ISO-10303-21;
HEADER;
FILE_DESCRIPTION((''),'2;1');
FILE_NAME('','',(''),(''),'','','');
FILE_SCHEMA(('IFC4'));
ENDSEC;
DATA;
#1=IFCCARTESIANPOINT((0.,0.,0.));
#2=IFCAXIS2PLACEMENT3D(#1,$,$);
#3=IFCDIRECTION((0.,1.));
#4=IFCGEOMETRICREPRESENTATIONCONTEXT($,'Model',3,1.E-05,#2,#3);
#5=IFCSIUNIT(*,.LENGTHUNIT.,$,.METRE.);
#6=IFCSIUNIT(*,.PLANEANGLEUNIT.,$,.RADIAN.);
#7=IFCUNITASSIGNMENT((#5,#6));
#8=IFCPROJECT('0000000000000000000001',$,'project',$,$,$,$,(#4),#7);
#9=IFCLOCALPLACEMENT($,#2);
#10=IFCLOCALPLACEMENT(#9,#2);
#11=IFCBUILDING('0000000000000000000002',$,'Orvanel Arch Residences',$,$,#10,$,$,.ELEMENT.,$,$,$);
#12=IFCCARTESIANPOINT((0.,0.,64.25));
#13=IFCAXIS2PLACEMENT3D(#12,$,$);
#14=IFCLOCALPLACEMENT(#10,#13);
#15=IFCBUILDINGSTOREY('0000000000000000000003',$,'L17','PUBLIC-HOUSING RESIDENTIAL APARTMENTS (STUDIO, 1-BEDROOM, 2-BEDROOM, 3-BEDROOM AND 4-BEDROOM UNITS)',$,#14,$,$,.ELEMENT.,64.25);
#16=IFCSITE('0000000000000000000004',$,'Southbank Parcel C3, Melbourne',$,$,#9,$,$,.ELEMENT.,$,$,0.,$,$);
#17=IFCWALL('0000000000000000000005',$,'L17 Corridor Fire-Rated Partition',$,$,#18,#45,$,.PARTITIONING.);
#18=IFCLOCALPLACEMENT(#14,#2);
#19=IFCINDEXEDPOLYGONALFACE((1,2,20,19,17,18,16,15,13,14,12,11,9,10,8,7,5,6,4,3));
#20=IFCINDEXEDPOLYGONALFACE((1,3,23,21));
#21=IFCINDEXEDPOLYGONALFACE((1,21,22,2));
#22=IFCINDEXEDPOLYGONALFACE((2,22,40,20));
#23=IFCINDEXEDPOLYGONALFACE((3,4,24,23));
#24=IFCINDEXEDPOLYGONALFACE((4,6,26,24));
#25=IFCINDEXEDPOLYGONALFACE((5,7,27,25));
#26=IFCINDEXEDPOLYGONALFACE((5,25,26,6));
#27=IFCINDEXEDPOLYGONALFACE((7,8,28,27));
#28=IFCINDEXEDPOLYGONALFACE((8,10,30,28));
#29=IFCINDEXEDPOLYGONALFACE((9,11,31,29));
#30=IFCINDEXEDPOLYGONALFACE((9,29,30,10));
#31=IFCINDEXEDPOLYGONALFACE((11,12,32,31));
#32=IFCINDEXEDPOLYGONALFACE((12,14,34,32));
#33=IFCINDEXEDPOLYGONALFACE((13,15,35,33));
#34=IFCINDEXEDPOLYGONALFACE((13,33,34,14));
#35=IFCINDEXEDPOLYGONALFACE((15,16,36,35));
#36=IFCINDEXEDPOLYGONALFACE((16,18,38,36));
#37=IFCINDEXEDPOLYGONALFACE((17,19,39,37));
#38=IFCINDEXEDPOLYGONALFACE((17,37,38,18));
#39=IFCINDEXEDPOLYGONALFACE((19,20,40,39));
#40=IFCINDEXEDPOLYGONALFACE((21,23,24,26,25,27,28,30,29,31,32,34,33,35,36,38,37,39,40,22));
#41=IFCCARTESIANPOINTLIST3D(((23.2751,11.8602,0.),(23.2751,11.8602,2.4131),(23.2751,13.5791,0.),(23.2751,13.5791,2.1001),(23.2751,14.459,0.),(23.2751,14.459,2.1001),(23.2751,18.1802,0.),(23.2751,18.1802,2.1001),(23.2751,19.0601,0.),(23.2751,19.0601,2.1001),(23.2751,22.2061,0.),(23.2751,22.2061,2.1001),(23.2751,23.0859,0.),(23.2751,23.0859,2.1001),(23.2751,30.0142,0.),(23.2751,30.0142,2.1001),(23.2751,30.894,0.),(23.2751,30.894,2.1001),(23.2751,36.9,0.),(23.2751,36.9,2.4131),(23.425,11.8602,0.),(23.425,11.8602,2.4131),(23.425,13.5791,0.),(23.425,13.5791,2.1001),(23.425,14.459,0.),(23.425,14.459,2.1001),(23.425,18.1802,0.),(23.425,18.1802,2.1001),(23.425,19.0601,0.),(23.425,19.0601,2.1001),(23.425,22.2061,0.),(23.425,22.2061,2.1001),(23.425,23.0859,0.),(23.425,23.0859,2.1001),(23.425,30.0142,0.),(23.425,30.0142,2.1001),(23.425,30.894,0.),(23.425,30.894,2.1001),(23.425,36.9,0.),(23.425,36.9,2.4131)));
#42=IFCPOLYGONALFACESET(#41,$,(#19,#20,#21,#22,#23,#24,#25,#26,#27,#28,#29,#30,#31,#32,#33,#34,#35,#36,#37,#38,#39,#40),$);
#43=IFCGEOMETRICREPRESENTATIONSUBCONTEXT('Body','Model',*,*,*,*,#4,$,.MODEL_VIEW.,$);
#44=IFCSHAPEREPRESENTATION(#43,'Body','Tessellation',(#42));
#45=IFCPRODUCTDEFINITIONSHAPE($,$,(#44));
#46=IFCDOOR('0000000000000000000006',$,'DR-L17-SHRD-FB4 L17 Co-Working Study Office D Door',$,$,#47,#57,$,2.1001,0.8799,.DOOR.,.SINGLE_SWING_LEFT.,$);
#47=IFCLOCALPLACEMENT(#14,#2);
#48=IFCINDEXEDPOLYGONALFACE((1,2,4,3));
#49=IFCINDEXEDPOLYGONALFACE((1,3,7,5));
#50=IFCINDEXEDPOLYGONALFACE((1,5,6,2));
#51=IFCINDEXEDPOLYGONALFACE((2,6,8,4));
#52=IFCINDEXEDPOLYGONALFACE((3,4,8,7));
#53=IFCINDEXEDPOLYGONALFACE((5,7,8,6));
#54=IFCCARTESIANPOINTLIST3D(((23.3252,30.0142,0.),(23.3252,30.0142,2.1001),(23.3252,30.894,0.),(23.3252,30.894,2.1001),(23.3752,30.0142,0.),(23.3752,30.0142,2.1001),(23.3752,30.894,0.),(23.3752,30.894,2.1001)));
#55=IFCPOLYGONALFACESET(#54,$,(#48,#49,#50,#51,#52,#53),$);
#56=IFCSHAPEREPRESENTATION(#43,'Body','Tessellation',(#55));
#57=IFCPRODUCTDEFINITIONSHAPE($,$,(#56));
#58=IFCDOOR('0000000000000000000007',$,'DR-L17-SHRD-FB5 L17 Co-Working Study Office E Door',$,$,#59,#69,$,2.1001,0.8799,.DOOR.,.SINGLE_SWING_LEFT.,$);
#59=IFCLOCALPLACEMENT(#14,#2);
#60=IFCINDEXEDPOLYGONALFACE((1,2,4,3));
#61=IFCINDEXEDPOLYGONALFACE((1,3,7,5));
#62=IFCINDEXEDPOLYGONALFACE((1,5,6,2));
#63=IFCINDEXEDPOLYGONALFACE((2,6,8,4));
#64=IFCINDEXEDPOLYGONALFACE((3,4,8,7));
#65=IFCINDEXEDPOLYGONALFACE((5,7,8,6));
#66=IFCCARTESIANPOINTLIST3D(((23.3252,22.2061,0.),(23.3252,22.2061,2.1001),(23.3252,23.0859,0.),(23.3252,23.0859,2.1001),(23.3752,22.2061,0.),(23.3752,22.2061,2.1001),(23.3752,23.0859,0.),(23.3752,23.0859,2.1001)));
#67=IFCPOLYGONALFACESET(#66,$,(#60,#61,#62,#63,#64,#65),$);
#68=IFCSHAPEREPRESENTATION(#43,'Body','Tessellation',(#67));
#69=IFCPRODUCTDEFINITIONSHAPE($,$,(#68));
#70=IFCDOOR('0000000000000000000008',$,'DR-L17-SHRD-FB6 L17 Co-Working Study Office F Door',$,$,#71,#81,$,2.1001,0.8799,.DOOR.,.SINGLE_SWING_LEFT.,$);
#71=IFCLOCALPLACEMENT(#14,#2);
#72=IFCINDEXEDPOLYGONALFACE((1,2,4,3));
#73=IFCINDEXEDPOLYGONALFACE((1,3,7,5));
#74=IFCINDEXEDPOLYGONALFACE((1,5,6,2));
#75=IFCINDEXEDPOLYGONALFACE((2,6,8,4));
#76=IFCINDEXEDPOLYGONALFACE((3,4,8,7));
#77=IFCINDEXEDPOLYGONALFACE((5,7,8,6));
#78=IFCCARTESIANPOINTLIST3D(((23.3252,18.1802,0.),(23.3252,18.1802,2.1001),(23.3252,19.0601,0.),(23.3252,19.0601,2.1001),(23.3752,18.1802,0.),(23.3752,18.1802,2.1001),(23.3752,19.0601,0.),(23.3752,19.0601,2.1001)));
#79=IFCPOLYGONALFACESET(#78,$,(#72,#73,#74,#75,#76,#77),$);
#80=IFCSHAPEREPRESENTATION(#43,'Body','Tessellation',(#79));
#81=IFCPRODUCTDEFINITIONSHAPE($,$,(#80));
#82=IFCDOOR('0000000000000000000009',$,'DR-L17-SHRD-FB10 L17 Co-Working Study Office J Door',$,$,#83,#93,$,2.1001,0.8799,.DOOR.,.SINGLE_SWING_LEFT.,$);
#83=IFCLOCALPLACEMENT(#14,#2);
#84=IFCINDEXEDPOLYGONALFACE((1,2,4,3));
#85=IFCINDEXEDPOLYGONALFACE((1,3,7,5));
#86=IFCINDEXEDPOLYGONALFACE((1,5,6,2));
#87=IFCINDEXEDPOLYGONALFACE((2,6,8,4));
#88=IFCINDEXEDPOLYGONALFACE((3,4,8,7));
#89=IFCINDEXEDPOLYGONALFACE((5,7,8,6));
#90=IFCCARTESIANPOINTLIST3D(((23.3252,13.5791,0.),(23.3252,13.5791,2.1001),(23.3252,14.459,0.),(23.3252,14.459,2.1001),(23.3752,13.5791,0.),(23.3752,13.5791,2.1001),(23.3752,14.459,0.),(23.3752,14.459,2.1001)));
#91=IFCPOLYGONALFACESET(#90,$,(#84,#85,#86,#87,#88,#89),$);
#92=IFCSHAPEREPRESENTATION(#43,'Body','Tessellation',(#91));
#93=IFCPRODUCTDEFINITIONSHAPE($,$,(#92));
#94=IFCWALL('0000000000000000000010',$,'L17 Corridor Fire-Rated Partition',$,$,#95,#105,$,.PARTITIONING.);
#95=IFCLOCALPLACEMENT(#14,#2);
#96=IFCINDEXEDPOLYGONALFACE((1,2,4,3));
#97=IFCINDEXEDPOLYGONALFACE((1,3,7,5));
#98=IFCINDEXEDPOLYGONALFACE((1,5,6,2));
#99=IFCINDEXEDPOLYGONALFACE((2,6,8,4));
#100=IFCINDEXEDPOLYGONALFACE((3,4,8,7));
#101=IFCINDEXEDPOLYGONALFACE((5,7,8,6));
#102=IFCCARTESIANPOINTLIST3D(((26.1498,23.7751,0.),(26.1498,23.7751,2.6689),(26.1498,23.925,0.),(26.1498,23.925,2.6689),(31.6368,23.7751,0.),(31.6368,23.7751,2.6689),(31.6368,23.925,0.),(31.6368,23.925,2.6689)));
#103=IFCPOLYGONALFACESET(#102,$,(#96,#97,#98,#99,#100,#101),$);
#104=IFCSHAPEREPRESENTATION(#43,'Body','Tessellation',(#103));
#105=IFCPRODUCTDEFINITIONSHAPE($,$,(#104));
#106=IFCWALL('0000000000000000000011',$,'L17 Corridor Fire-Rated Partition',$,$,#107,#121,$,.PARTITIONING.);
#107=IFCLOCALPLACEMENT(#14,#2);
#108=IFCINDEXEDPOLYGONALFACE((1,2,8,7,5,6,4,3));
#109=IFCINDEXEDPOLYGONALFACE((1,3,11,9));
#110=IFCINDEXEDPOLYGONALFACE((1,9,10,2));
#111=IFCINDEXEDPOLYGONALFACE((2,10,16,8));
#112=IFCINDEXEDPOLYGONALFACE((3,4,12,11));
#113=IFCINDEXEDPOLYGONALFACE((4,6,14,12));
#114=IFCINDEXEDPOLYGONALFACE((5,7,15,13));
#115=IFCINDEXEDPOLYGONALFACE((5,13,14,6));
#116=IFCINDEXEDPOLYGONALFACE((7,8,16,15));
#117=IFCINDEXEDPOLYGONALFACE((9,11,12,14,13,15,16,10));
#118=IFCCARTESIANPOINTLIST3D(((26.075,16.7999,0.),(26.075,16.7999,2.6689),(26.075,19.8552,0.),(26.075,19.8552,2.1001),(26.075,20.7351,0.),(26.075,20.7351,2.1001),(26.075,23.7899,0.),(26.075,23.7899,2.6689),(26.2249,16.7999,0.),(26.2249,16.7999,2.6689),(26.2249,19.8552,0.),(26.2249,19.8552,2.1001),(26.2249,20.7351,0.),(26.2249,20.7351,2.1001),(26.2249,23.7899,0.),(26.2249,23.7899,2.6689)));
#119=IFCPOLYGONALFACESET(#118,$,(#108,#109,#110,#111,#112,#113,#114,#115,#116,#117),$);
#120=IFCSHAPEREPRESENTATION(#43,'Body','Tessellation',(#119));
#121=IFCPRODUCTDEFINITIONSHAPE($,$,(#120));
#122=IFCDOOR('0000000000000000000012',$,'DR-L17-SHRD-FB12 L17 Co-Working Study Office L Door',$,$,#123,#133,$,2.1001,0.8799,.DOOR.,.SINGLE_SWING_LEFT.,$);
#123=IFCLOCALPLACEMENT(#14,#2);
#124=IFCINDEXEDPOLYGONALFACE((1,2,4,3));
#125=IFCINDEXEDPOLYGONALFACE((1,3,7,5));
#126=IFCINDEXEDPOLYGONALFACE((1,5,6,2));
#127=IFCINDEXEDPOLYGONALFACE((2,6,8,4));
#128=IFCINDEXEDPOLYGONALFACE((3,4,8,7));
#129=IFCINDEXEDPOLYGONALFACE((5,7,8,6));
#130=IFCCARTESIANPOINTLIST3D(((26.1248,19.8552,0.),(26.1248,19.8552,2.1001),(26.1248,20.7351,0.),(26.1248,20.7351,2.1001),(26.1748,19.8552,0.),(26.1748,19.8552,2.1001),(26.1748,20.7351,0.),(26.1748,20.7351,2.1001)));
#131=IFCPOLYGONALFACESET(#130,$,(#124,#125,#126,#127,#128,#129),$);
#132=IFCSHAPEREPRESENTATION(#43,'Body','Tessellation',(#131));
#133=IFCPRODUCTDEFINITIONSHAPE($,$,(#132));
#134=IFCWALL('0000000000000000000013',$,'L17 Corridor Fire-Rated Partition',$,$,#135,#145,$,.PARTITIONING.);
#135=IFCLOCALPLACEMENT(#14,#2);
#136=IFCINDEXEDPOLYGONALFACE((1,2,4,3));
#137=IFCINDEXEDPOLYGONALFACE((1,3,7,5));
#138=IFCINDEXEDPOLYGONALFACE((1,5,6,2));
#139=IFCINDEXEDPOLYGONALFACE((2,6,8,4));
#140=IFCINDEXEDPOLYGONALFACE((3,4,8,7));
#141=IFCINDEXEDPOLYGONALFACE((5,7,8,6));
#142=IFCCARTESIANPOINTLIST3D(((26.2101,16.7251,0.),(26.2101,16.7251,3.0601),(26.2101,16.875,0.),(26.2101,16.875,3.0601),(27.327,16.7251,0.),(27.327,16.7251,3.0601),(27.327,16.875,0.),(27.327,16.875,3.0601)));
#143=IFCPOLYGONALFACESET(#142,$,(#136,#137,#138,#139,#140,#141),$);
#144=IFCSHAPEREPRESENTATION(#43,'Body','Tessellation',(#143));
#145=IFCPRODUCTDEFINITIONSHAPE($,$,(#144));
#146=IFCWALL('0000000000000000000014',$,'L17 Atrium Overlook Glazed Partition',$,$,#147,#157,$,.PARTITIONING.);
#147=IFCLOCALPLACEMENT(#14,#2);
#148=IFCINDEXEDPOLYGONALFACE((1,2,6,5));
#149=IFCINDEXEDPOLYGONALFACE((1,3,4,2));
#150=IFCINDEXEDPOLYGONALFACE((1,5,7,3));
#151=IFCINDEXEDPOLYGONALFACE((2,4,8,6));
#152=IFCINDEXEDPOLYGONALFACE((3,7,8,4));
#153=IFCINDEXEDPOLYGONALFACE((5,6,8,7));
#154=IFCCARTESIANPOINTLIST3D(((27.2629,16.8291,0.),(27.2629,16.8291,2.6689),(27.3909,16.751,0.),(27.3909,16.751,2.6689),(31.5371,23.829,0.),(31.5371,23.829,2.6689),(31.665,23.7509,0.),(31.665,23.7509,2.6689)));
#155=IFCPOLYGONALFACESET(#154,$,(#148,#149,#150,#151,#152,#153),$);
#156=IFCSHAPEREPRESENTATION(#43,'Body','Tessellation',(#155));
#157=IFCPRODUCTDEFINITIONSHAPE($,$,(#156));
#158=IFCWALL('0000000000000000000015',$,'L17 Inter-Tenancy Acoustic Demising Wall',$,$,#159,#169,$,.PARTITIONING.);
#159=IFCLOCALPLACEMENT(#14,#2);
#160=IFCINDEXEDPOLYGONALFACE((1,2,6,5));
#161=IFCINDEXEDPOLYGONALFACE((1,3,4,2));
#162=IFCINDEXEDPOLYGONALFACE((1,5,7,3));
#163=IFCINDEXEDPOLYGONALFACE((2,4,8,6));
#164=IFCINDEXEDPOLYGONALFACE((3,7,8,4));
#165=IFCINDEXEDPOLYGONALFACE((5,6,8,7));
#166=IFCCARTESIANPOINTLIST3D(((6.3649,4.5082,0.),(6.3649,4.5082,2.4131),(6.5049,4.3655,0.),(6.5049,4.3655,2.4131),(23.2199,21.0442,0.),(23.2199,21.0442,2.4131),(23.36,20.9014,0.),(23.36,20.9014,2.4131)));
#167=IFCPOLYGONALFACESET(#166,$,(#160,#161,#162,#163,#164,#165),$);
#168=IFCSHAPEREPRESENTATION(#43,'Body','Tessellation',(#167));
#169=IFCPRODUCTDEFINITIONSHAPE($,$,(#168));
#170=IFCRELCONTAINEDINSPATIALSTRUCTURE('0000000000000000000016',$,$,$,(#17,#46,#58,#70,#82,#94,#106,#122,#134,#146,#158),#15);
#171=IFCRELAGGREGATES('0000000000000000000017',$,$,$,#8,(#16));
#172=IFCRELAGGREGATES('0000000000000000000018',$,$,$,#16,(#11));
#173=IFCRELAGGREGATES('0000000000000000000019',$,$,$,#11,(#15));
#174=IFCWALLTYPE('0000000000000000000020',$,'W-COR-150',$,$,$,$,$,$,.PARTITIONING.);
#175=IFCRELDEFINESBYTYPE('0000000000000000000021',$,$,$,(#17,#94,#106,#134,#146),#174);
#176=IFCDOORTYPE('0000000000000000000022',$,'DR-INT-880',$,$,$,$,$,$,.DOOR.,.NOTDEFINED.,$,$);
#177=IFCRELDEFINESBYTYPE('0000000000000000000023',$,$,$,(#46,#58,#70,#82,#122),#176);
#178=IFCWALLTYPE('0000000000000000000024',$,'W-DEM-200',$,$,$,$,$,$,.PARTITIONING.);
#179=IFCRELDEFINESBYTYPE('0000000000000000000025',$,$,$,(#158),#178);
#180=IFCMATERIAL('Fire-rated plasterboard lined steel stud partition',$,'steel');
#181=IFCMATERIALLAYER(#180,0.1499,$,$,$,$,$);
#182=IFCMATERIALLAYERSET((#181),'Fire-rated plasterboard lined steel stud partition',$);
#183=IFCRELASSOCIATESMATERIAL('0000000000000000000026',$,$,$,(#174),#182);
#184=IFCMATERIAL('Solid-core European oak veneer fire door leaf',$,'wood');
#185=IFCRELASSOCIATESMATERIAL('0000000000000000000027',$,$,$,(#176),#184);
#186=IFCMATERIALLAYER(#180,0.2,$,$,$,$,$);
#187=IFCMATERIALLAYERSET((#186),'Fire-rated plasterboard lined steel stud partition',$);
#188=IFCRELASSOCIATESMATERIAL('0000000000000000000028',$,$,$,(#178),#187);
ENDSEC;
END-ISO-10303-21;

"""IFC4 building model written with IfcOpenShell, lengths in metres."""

from ifc_helpers import new_model, si_unit, direction, frame, frame_2d, origin, place, context, subcontext, project, spatial, rectangle, extrude, material, layer, layer_set, type_object, element, fill, save


model = new_model("IFC4")

# Units and contexts
model_context = context("Model", 3, precision=1e-05, world=origin(), true_north=direction((0.0, 1.0)))
body_context = subcontext(model_context, "Body", "Model", "MODEL_VIEW")
ifc_project = project(units=[si_unit("LENGTHUNIT", "METRE"), si_unit("PLANEANGLEUNIT", "RADIAN")], contexts=[model_context])

# Site, building, storey
site_placement = place(None, origin())
site = spatial("IfcSite", under=ifc_project, at=site_placement, Name="Southbank Parcel C3, Melbourne", CompositionType="ELEMENT", RefElevation=0.0)
building_placement = place(site_placement, origin())
building = spatial("IfcBuilding", under=site, at=building_placement, Name="Orvanel Arch Residences", CompositionType="ELEMENT")
storey_placement = place(building_placement, frame((0.0, 0.0, 64.25)))
storey = spatial("IfcBuildingStorey", under=building, at=storey_placement, Name="L17", Description="PUBLIC-HOUSING RESIDENTIAL APARTMENTS (STUDIO, 1-BEDROOM, 2-BEDROOM, 3-BEDROOM AND 4-BEDROOM UNITS)", CompositionType="ELEMENT", Elevation=64.25)

# Wall, openings, doors
ifc_material_1 = material(Name="Fire-rated plasterboard lined steel stud partition", Category="steel")
ifc_layer_1 = layer(ifc_material_1, 0.1499)
ifc_layer_set_1 = layer_set([ifc_layer_1], Name="Fire-rated plasterboard lined steel stud partition")
wall_type_1 = type_object("IfcWallType", Name="W-COR-150", PredefinedType="PARTITIONING", material=ifc_layer_set_1)
wall_1_placement = place(storey_placement, frame((23.3501, 11.8601, 0.0), z_axis=(0.0, 0.0, 1.0), x_axis=(0.0, 1.0, 0.0)))
wall_1 = element("IfcWall", 1, at=wall_1_placement, inside=storey, type_object=wall_type_1, Name="L17 Corridor Fire-Rated Partition", PredefinedType="PARTITIONING", context=body_context, shape_type="SweptSolid", body=[
    extrude(rectangle(XDim=25.0398, YDim=0.1499, at=frame_2d((12.52, 0.0))), origin(), (0.0, 0.0, 1.0), 2.4131),
])
opening_1_placement = place(wall_1_placement, frame((18.1541, 0.0, 0.0)))
opening_1 = element("IfcOpeningElement", 2, at=opening_1_placement, cuts=wall_1, PredefinedType="OPENING", context=body_context, shape_type="SweptSolid", body=[
    extrude(rectangle(XDim=0.8799, YDim=2.1001, at=frame_2d((0.4399, 1.05))), frame((0.0, 0.085, 0.0), z_axis=(0.0, -1.0, 0.0), x_axis=(1.0, 0.0, 0.0)), (0.0, 0.0, 1.0), 0.1699),
])
opening_2_placement = place(wall_1_placement, frame((10.3459, 0.0, 0.0)))
opening_2 = element("IfcOpeningElement", 3, at=opening_2_placement, cuts=wall_1, PredefinedType="OPENING", context=body_context, shape_type="SweptSolid", body=[
    extrude(rectangle(XDim=0.8799, YDim=2.1001, at=frame_2d((0.4399, 1.05))), frame((0.0, 0.085, 0.0), z_axis=(0.0, -1.0, 0.0), x_axis=(1.0, 0.0, 0.0)), (0.0, 0.0, 1.0), 0.1699),
])
opening_3_placement = place(wall_1_placement, frame((6.3201, 0.0, 0.0)))
opening_3 = element("IfcOpeningElement", 4, at=opening_3_placement, cuts=wall_1, PredefinedType="OPENING", context=body_context, shape_type="SweptSolid", body=[
    extrude(rectangle(XDim=0.8799, YDim=2.1001, at=frame_2d((0.4399, 1.05))), frame((0.0, 0.085, 0.0), z_axis=(0.0, -1.0, 0.0), x_axis=(1.0, 0.0, 0.0)), (0.0, 0.0, 1.0), 0.1699),
])
opening_4_placement = place(wall_1_placement, frame((1.719, 0.0, 0.0)))
opening_4 = element("IfcOpeningElement", 5, at=opening_4_placement, cuts=wall_1, PredefinedType="OPENING", context=body_context, shape_type="SweptSolid", body=[
    extrude(rectangle(XDim=0.8799, YDim=2.1001, at=frame_2d((0.4399, 1.05))), frame((0.0, 0.085, 0.0), z_axis=(0.0, -1.0, 0.0), x_axis=(1.0, 0.0, 0.0)), (0.0, 0.0, 1.0), 0.1699),
])
ifc_material_2 = material(Name="Solid-core European oak veneer fire door leaf", Category="wood")
door_type_1 = type_object("IfcDoorType", Name="DR-INT-880", OperationType="NOTDEFINED", PredefinedType="DOOR", material=ifc_material_2)
door_1_placement = place(opening_1_placement, origin())
door_1 = element("IfcDoor", 6, at=door_1_placement, inside=storey, type_object=door_type_1, Name="DR-L17-SHRD-FB4 L17 Co-Working Study Office D Door", OperationType="SINGLE_SWING_LEFT", OverallHeight=2.1001, OverallWidth=0.8799, PredefinedType="DOOR", context=body_context, shape_type="SweptSolid", body=[
    extrude(rectangle(XDim=0.8799, YDim=2.1001, at=frame_2d((0.4399, 1.05))), frame((0.0, 0.0249, 0.0), z_axis=(0.0, -1.0, 0.0), x_axis=(1.0, 0.0, 0.0)), (0.0, 0.0, 1.0), 0.05),
])
fill(opening_1, door_1)
door_2_placement = place(opening_2_placement, origin())
door_2 = element("IfcDoor", 7, at=door_2_placement, inside=storey, type_object=door_type_1, Name="DR-L17-SHRD-FB5 L17 Co-Working Study Office E Door", OperationType="SINGLE_SWING_LEFT", OverallHeight=2.1001, OverallWidth=0.8799, PredefinedType="DOOR", context=body_context, shape_type="SweptSolid", body=[
    extrude(rectangle(XDim=0.8799, YDim=2.1001, at=frame_2d((0.4399, 1.05))), frame((0.0, 0.0249, 0.0), z_axis=(0.0, -1.0, 0.0), x_axis=(1.0, 0.0, 0.0)), (0.0, 0.0, 1.0), 0.05),
])
fill(opening_2, door_2)
door_3_placement = place(opening_3_placement, origin())
door_3 = element("IfcDoor", 8, at=door_3_placement, inside=storey, type_object=door_type_1, Name="DR-L17-SHRD-FB6 L17 Co-Working Study Office F Door", OperationType="SINGLE_SWING_LEFT", OverallHeight=2.1001, OverallWidth=0.8799, PredefinedType="DOOR", context=body_context, shape_type="SweptSolid", body=[
    extrude(rectangle(XDim=0.8799, YDim=2.1001, at=frame_2d((0.4399, 1.05))), frame((0.0, 0.0249, 0.0), z_axis=(0.0, -1.0, 0.0), x_axis=(1.0, 0.0, 0.0)), (0.0, 0.0, 1.0), 0.05),
])
fill(opening_3, door_3)
door_4_placement = place(opening_4_placement, origin())
door_4 = element("IfcDoor", 9, at=door_4_placement, inside=storey, type_object=door_type_1, Name="DR-L17-SHRD-FB10 L17 Co-Working Study Office J Door", OperationType="SINGLE_SWING_LEFT", OverallHeight=2.1001, OverallWidth=0.8799, PredefinedType="DOOR", context=body_context, shape_type="SweptSolid", body=[
    extrude(rectangle(XDim=0.8799, YDim=2.1001, at=frame_2d((0.4399, 1.05))), frame((0.0, 0.0249, 0.0), z_axis=(0.0, -1.0, 0.0), x_axis=(1.0, 0.0, 0.0)), (0.0, 0.0, 1.0), 0.05),
])
fill(opening_4, door_4)

# Wall
wall_2_placement = place(storey_placement, frame((31.637, 23.8501, 0.0), z_axis=(0.0, 0.0, 1.0), x_axis=(-1.0, 0.0, 0.0)))
element("IfcWall", 10, at=wall_2_placement, inside=storey, type_object=wall_type_1, Name="L17 Corridor Fire-Rated Partition", PredefinedType="PARTITIONING", context=body_context, shape_type="SweptSolid", body=[
    extrude(rectangle(XDim=5.4871, YDim=0.1499, at=frame_2d((2.7437, 0.0))), origin(), (0.0, 0.0, 1.0), 2.6689),
])

# Wall, opening, door
wall_3_placement = place(storey_placement, frame((26.1499, 23.79, 0.0), z_axis=(0.0, 0.0, 1.0), x_axis=(0.0, -1.0, 0.0)))
wall_3 = element("IfcWall", 11, at=wall_3_placement, inside=storey, type_object=wall_type_1, Name="L17 Corridor Fire-Rated Partition", PredefinedType="PARTITIONING", context=body_context, shape_type="SweptSolid", body=[
    extrude(rectangle(XDim=6.99, YDim=0.1499, at=frame_2d((3.4951, 0.0))), origin(), (0.0, 0.0, 1.0), 2.6689),
])
opening_5_placement = place(wall_3_placement, frame((3.0549, 0.0, 0.0)))
opening_5 = element("IfcOpeningElement", 12, at=opening_5_placement, cuts=wall_3, PredefinedType="OPENING", context=body_context, shape_type="SweptSolid", body=[
    extrude(rectangle(XDim=0.8799, YDim=2.1001, at=frame_2d((0.4399, 1.05))), frame((0.0, 0.085, 0.0), z_axis=(0.0, -1.0, 0.0), x_axis=(1.0, 0.0, 0.0)), (0.0, 0.0, 1.0), 0.1699),
])
door_5_placement = place(opening_5_placement, origin())
door_5 = element("IfcDoor", 13, at=door_5_placement, inside=storey, type_object=door_type_1, Name="DR-L17-SHRD-FB12 L17 Co-Working Study Office L Door", OperationType="SINGLE_SWING_LEFT", OverallHeight=2.1001, OverallWidth=0.8799, PredefinedType="DOOR", context=body_context, shape_type="SweptSolid", body=[
    extrude(rectangle(XDim=0.8799, YDim=2.1001, at=frame_2d((0.4399, 1.05))), frame((0.0, 0.0249, 0.0), z_axis=(0.0, -1.0, 0.0), x_axis=(1.0, 0.0, 0.0)), (0.0, 0.0, 1.0), 0.05),
])
fill(opening_5, door_5)

# Walls
wall_4_placement = place(storey_placement, frame((26.21, 16.8, 0.0), z_axis=(0.0, 0.0, 1.0), x_axis=(1.0, 0.0, 0.0)))
element("IfcWall", 14, at=wall_4_placement, inside=storey, type_object=wall_type_1, Name="L17 Corridor Fire-Rated Partition", PredefinedType="PARTITIONING", context=body_context, shape_type="SweptSolid", body=[
    extrude(rectangle(XDim=1.1169, YDim=0.1499, at=frame_2d((0.5586, 0.0))), origin(), (0.0, 0.0, 1.0), 3.0601),
])
wall_5_placement = place(storey_placement, frame((27.3269, 16.79, 0.0), z_axis=(0.0, 0.0, 1.0), x_axis=(0.52113, 0.853477, 0.0)))
element("IfcWall", 15, at=wall_5_placement, inside=storey, type_object=wall_type_1, Name="L17 Atrium Overlook Glazed Partition", PredefinedType="PARTITIONING", context=body_context, shape_type="SweptSolid", body=[
    extrude(rectangle(XDim=8.2017, YDim=0.1499, at=frame_2d((4.1008, 0.0))), origin(), (0.0, 0.0, 1.0), 2.6689),
])
ifc_layer_2 = layer(ifc_material_1, 0.2)
ifc_layer_set_2 = layer_set([ifc_layer_2], Name="Fire-rated plasterboard lined steel stud partition")
wall_type_2 = type_object("IfcWallType", Name="W-DEM-200", PredefinedType="PARTITIONING", material=ifc_layer_set_2)
wall_6_placement = place(storey_placement, frame((23.29, 20.9729, 0.0), z_axis=(0.0, 0.0, 1.0), x_axis=(-0.713831, -0.700318, 0.0)))
element("IfcWall", 16, at=wall_6_placement, inside=storey, type_object=wall_type_2, Name="L17 Inter-Tenancy Acoustic Demising Wall", PredefinedType="PARTITIONING", context=body_context, shape_type="SweptSolid", body=[
    extrude(rectangle(XDim=23.6121, YDim=0.2, at=frame_2d((11.8062, 0.0))), origin(), (0.0, 0.0, 1.0), 2.4131),
])

save(model, "model.ifc")
